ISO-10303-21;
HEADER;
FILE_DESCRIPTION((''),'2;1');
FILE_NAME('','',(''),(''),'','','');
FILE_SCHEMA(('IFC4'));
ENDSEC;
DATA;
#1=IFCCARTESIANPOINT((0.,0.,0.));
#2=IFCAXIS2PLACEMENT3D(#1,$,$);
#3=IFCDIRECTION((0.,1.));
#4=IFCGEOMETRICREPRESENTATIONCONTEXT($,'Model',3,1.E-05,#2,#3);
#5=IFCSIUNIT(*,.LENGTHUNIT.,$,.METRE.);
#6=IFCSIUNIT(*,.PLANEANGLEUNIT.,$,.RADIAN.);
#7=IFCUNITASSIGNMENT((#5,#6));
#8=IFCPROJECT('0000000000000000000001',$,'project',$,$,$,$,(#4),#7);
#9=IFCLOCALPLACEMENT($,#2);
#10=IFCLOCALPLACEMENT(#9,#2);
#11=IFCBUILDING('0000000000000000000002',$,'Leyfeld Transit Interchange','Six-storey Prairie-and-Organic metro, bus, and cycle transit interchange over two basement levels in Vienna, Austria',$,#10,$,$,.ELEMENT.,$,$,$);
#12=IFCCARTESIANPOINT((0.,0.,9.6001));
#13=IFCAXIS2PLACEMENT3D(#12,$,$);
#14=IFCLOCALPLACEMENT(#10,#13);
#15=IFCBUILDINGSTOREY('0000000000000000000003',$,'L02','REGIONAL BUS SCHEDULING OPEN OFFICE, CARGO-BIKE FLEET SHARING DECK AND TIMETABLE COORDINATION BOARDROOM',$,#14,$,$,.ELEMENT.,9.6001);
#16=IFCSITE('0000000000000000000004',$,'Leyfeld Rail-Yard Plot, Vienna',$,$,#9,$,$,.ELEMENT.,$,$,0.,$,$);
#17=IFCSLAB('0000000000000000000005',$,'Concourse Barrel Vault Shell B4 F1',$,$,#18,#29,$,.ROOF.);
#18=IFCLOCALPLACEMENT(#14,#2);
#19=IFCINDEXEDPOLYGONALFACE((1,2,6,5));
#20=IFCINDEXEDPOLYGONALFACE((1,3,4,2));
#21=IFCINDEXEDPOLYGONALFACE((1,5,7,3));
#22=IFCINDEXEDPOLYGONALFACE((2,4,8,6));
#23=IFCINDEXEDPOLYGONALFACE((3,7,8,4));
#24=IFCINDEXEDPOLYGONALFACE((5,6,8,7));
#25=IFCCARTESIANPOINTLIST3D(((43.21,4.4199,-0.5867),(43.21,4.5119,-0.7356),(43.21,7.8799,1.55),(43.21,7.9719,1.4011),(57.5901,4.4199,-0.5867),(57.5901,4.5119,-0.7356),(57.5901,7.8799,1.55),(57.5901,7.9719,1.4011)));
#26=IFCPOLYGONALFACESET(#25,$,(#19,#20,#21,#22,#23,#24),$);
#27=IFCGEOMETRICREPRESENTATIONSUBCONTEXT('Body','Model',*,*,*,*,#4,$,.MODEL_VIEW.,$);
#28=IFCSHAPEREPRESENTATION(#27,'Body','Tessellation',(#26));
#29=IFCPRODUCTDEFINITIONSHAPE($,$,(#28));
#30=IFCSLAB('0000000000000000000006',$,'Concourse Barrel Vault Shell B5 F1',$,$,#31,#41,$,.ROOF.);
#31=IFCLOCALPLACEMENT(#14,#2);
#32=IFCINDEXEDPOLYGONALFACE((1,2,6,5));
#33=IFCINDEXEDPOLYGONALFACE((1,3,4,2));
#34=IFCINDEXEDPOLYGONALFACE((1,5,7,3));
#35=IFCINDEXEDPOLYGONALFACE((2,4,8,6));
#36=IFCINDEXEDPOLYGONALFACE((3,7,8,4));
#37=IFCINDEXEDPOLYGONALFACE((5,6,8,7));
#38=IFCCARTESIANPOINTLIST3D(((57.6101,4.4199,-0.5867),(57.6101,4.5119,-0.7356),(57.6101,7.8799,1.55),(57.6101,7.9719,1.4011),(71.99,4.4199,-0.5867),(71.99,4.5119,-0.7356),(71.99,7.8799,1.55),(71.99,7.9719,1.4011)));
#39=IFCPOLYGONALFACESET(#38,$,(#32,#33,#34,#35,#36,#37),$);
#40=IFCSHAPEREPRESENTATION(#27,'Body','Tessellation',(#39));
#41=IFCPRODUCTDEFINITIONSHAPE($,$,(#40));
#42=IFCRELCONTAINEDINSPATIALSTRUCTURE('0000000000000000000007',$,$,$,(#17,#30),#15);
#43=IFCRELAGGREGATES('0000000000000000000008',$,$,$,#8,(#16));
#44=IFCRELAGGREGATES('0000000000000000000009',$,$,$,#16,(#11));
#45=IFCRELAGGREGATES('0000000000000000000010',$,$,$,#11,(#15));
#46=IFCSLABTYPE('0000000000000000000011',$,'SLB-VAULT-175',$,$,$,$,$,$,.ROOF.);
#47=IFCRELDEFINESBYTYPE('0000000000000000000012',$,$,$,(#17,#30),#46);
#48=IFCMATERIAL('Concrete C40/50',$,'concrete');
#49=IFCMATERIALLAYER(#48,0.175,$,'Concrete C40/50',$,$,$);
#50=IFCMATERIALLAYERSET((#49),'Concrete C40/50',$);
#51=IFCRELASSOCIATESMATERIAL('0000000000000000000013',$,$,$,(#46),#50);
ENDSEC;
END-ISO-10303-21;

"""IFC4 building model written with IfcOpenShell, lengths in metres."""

from ifc_helpers import new_model, si_unit, direction, frame, origin, place, context, subcontext, project, spatial, polyline, outline, extrude, material, layer, layer_set, type_object, element, save


model = new_model("IFC4")

# Units and contexts
model_context = context("Model", 3, precision=1e-05, world=origin(), true_north=direction((0.0, 1.0)))
body_context = subcontext(model_context, "Body", "Model", "MODEL_VIEW")
ifc_project = project(units=[si_unit("LENGTHUNIT", "METRE"), si_unit("PLANEANGLEUNIT", "RADIAN")], contexts=[model_context])

# Site, building, storey
site_placement = place(None, origin())
site = spatial("IfcSite", under=ifc_project, at=site_placement, Name="Leyfeld Rail-Yard Plot, Vienna", CompositionType="ELEMENT", RefElevation=0.0)
building_placement = place(site_placement, origin())
building = spatial("IfcBuilding", under=site, at=building_placement, Name="Leyfeld Transit Interchange", Description="Six-storey Prairie-and-Organic metro, bus, and cycle transit interchange over two basement levels in Vienna, Austria", CompositionType="ELEMENT")
storey_placement = place(building_placement, frame((0.0, 0.0, 9.6001)))
storey = spatial("IfcBuildingStorey", under=building, at=storey_placement, Name="L02", Description="REGIONAL BUS SCHEDULING OPEN OFFICE, CARGO-BIKE FLEET SHARING DECK AND TIMETABLE COORDINATION BOARDROOM", CompositionType="ELEMENT", Elevation=9.6001)

# Shared definitions
ifc_material_1 = material(Name="Concrete C40/50", Category="concrete")

# Slabs
ifc_layer_1 = layer(ifc_material_1, 0.175, Name="Concrete C40/50")
ifc_layer_set_1 = layer_set([ifc_layer_1], Name="Concrete C40/50")
slab_type_1 = type_object("IfcSlabType", Name="SLB-VAULT-175", PredefinedType="ROOF", material=ifc_layer_set_1)
slab_1_placement = place(storey_placement, frame((43.21, 4.4199, -0.5867), z_axis=(0.0, -0.525437, 0.850833), x_axis=(1.0, 0.0, 0.0)))
element("IfcSlab", 1, at=slab_1_placement, inside=storey, type_object=slab_type_1, Name="Concourse Barrel Vault Shell B4 F1", PredefinedType="ROOF", context=body_context, shape_type="SweptSolid", body=[
    extrude(outline(polyline([(0.0, 0.0), (14.3801, 0.0), (14.3801, 4.0666), (0.0, 4.0666), (0.0, 0.0)])), origin(), (0.0, 0.0, -1.0), 0.175),
])
slab_2_placement = place(storey_placement, frame((57.6101, 4.4199, -0.5867), z_axis=(0.0, -0.525437, 0.850833), x_axis=(1.0, 0.0, 0.0)))
element("IfcSlab", 2, at=slab_2_placement, inside=storey, type_object=slab_type_1, Name="Concourse Barrel Vault Shell B5 F1", PredefinedType="ROOF", context=body_context, shape_type="SweptSolid", body=[
    extrude(outline(polyline([(0.0, 0.0), (14.3799, 0.0), (14.3799, 4.0666), (0.0, 4.0666), (0.0, 0.0)])), origin(), (0.0, 0.0, -1.0), 0.175),
])

save(model, "model.ifc")
